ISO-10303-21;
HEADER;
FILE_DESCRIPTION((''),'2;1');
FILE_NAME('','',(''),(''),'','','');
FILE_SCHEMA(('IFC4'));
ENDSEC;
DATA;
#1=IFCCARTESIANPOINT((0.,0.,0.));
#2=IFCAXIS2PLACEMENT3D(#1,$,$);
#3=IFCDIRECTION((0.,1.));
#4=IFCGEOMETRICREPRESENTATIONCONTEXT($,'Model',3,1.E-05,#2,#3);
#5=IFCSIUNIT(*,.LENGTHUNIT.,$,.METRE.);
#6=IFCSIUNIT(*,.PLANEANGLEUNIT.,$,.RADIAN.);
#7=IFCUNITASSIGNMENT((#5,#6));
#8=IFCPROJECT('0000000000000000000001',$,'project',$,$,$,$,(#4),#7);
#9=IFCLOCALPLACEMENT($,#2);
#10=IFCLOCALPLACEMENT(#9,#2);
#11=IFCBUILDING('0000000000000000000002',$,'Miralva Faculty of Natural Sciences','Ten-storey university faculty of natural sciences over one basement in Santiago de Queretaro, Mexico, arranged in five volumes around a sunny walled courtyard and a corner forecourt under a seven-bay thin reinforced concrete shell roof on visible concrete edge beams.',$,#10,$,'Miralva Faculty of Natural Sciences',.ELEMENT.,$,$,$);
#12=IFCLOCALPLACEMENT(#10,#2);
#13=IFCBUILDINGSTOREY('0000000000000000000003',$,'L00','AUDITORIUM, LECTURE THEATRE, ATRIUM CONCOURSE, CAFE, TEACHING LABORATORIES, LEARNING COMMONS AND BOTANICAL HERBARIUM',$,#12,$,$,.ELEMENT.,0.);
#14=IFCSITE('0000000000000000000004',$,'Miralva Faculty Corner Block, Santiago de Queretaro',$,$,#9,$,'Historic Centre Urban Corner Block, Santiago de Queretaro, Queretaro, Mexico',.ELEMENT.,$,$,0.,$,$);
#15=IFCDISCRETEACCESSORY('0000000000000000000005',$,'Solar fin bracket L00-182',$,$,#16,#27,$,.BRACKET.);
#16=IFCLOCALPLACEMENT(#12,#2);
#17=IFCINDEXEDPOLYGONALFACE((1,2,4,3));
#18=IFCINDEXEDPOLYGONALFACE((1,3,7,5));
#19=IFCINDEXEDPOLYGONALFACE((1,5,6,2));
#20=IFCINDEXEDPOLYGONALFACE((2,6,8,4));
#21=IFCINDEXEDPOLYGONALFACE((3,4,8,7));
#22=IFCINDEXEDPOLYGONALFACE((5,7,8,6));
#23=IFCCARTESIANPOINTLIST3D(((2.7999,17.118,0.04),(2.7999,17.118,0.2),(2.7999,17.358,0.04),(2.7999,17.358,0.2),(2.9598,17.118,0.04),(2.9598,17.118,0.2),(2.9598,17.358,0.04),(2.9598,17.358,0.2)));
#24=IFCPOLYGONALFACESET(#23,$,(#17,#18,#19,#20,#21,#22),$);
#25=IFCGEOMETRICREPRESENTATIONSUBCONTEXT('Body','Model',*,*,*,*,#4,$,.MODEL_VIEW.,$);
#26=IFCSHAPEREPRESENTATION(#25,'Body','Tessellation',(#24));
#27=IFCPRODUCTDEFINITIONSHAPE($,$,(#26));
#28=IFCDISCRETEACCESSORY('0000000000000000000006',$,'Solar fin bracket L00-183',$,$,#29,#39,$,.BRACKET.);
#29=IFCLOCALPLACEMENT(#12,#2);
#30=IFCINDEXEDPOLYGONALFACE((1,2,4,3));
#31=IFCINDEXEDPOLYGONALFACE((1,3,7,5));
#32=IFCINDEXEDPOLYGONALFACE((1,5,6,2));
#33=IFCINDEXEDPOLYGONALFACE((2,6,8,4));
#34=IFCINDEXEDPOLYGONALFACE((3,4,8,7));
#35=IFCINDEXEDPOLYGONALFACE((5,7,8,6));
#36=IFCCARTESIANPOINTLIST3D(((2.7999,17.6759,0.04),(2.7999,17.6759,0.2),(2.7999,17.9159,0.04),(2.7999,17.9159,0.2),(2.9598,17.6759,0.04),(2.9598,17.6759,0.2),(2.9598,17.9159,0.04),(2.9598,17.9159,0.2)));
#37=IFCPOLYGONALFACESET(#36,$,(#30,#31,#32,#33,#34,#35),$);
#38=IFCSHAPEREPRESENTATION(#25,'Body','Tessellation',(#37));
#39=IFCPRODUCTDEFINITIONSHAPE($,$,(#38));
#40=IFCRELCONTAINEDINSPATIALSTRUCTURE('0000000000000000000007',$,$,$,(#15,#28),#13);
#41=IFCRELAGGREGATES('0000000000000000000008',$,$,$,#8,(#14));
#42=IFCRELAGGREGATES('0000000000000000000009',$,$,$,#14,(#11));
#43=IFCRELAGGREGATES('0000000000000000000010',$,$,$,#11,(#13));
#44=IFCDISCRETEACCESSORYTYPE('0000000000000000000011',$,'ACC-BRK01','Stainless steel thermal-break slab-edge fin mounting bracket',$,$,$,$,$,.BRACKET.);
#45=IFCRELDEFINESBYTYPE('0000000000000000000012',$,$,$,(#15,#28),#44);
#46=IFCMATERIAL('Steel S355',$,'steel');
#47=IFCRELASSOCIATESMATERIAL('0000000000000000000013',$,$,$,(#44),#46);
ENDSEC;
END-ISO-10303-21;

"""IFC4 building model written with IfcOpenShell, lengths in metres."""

from ifc_helpers import new_model, si_unit, direction, frame, origin, origin_2d, place, context, subcontext, project, spatial, rectangle, extrude, material, type_object, element, save


model = new_model("IFC4")

# Units and contexts
model_context = context("Model", 3, precision=1e-05, world=origin(), true_north=direction((0.0, 1.0)))
body_context = subcontext(model_context, "Body", "Model", "MODEL_VIEW")
ifc_project = project(units=[si_unit("LENGTHUNIT", "METRE"), si_unit("PLANEANGLEUNIT", "RADIAN")], contexts=[model_context])

# Site, building, storey
site_placement = place(None, origin())
site = spatial("IfcSite", under=ifc_project, at=site_placement, Name="Miralva Faculty Corner Block, Santiago de Queretaro", LongName="Historic Centre Urban Corner Block, Santiago de Queretaro, Queretaro, Mexico", CompositionType="ELEMENT", RefElevation=0.0)
building_placement = place(site_placement, origin())
building = spatial("IfcBuilding", under=site, at=building_placement, Name="Miralva Faculty of Natural Sciences", Description="Ten-storey university faculty of natural sciences over one basement in Santiago de Queretaro, Mexico, arranged in five volumes around a sunny walled courtyard and a corner forecourt under a seven-bay thin reinforced concrete shell roof on visible concrete edge beams.", LongName="Miralva Faculty of Natural Sciences", CompositionType="ELEMENT")
storey_placement = place(building_placement, origin())
storey = spatial("IfcBuildingStorey", under=building, at=storey_placement, Name="L00", Description="AUDITORIUM, LECTURE THEATRE, ATRIUM CONCOURSE, CAFE, TEACHING LABORATORIES, LEARNING COMMONS AND BOTANICAL HERBARIUM", CompositionType="ELEMENT", Elevation=0.0)

# Discrete accessories
ifc_material_1 = material(Name="Steel S355", Category="steel")
discrete_accessory_type = type_object("IfcDiscreteAccessoryType", Name="ACC-BRK01", Description="Stainless steel thermal-break slab-edge fin mounting bracket", PredefinedType="BRACKET", material=ifc_material_1)
for number, where, z_axis, x_axis, name in (
    (1, (2.8799, 17.238, 0.04), (0.0, 0.0, 1.0), (-1.0, 0.0, 0.0), "Solar fin bracket L00-182"),
    (2, (2.8799, 17.7959, 0.04), (0.0, 0.0, 1.0), (-1.0, 0.0, 0.0), "Solar fin bracket L00-183"),
):
    element("IfcDiscreteAccessory", number, at=place(storey_placement, frame(where, z_axis=z_axis, x_axis=x_axis)), inside=storey, type_object=discrete_accessory_type, Name=name, PredefinedType="BRACKET", context=body_context, shape_type="SweptSolid", body=[
        extrude(rectangle(XDim=0.1599, YDim=0.24, at=origin_2d()), origin(), (0.0, 0.0, 1.0), 0.1599),
    ])

save(model, "model.ifc")
